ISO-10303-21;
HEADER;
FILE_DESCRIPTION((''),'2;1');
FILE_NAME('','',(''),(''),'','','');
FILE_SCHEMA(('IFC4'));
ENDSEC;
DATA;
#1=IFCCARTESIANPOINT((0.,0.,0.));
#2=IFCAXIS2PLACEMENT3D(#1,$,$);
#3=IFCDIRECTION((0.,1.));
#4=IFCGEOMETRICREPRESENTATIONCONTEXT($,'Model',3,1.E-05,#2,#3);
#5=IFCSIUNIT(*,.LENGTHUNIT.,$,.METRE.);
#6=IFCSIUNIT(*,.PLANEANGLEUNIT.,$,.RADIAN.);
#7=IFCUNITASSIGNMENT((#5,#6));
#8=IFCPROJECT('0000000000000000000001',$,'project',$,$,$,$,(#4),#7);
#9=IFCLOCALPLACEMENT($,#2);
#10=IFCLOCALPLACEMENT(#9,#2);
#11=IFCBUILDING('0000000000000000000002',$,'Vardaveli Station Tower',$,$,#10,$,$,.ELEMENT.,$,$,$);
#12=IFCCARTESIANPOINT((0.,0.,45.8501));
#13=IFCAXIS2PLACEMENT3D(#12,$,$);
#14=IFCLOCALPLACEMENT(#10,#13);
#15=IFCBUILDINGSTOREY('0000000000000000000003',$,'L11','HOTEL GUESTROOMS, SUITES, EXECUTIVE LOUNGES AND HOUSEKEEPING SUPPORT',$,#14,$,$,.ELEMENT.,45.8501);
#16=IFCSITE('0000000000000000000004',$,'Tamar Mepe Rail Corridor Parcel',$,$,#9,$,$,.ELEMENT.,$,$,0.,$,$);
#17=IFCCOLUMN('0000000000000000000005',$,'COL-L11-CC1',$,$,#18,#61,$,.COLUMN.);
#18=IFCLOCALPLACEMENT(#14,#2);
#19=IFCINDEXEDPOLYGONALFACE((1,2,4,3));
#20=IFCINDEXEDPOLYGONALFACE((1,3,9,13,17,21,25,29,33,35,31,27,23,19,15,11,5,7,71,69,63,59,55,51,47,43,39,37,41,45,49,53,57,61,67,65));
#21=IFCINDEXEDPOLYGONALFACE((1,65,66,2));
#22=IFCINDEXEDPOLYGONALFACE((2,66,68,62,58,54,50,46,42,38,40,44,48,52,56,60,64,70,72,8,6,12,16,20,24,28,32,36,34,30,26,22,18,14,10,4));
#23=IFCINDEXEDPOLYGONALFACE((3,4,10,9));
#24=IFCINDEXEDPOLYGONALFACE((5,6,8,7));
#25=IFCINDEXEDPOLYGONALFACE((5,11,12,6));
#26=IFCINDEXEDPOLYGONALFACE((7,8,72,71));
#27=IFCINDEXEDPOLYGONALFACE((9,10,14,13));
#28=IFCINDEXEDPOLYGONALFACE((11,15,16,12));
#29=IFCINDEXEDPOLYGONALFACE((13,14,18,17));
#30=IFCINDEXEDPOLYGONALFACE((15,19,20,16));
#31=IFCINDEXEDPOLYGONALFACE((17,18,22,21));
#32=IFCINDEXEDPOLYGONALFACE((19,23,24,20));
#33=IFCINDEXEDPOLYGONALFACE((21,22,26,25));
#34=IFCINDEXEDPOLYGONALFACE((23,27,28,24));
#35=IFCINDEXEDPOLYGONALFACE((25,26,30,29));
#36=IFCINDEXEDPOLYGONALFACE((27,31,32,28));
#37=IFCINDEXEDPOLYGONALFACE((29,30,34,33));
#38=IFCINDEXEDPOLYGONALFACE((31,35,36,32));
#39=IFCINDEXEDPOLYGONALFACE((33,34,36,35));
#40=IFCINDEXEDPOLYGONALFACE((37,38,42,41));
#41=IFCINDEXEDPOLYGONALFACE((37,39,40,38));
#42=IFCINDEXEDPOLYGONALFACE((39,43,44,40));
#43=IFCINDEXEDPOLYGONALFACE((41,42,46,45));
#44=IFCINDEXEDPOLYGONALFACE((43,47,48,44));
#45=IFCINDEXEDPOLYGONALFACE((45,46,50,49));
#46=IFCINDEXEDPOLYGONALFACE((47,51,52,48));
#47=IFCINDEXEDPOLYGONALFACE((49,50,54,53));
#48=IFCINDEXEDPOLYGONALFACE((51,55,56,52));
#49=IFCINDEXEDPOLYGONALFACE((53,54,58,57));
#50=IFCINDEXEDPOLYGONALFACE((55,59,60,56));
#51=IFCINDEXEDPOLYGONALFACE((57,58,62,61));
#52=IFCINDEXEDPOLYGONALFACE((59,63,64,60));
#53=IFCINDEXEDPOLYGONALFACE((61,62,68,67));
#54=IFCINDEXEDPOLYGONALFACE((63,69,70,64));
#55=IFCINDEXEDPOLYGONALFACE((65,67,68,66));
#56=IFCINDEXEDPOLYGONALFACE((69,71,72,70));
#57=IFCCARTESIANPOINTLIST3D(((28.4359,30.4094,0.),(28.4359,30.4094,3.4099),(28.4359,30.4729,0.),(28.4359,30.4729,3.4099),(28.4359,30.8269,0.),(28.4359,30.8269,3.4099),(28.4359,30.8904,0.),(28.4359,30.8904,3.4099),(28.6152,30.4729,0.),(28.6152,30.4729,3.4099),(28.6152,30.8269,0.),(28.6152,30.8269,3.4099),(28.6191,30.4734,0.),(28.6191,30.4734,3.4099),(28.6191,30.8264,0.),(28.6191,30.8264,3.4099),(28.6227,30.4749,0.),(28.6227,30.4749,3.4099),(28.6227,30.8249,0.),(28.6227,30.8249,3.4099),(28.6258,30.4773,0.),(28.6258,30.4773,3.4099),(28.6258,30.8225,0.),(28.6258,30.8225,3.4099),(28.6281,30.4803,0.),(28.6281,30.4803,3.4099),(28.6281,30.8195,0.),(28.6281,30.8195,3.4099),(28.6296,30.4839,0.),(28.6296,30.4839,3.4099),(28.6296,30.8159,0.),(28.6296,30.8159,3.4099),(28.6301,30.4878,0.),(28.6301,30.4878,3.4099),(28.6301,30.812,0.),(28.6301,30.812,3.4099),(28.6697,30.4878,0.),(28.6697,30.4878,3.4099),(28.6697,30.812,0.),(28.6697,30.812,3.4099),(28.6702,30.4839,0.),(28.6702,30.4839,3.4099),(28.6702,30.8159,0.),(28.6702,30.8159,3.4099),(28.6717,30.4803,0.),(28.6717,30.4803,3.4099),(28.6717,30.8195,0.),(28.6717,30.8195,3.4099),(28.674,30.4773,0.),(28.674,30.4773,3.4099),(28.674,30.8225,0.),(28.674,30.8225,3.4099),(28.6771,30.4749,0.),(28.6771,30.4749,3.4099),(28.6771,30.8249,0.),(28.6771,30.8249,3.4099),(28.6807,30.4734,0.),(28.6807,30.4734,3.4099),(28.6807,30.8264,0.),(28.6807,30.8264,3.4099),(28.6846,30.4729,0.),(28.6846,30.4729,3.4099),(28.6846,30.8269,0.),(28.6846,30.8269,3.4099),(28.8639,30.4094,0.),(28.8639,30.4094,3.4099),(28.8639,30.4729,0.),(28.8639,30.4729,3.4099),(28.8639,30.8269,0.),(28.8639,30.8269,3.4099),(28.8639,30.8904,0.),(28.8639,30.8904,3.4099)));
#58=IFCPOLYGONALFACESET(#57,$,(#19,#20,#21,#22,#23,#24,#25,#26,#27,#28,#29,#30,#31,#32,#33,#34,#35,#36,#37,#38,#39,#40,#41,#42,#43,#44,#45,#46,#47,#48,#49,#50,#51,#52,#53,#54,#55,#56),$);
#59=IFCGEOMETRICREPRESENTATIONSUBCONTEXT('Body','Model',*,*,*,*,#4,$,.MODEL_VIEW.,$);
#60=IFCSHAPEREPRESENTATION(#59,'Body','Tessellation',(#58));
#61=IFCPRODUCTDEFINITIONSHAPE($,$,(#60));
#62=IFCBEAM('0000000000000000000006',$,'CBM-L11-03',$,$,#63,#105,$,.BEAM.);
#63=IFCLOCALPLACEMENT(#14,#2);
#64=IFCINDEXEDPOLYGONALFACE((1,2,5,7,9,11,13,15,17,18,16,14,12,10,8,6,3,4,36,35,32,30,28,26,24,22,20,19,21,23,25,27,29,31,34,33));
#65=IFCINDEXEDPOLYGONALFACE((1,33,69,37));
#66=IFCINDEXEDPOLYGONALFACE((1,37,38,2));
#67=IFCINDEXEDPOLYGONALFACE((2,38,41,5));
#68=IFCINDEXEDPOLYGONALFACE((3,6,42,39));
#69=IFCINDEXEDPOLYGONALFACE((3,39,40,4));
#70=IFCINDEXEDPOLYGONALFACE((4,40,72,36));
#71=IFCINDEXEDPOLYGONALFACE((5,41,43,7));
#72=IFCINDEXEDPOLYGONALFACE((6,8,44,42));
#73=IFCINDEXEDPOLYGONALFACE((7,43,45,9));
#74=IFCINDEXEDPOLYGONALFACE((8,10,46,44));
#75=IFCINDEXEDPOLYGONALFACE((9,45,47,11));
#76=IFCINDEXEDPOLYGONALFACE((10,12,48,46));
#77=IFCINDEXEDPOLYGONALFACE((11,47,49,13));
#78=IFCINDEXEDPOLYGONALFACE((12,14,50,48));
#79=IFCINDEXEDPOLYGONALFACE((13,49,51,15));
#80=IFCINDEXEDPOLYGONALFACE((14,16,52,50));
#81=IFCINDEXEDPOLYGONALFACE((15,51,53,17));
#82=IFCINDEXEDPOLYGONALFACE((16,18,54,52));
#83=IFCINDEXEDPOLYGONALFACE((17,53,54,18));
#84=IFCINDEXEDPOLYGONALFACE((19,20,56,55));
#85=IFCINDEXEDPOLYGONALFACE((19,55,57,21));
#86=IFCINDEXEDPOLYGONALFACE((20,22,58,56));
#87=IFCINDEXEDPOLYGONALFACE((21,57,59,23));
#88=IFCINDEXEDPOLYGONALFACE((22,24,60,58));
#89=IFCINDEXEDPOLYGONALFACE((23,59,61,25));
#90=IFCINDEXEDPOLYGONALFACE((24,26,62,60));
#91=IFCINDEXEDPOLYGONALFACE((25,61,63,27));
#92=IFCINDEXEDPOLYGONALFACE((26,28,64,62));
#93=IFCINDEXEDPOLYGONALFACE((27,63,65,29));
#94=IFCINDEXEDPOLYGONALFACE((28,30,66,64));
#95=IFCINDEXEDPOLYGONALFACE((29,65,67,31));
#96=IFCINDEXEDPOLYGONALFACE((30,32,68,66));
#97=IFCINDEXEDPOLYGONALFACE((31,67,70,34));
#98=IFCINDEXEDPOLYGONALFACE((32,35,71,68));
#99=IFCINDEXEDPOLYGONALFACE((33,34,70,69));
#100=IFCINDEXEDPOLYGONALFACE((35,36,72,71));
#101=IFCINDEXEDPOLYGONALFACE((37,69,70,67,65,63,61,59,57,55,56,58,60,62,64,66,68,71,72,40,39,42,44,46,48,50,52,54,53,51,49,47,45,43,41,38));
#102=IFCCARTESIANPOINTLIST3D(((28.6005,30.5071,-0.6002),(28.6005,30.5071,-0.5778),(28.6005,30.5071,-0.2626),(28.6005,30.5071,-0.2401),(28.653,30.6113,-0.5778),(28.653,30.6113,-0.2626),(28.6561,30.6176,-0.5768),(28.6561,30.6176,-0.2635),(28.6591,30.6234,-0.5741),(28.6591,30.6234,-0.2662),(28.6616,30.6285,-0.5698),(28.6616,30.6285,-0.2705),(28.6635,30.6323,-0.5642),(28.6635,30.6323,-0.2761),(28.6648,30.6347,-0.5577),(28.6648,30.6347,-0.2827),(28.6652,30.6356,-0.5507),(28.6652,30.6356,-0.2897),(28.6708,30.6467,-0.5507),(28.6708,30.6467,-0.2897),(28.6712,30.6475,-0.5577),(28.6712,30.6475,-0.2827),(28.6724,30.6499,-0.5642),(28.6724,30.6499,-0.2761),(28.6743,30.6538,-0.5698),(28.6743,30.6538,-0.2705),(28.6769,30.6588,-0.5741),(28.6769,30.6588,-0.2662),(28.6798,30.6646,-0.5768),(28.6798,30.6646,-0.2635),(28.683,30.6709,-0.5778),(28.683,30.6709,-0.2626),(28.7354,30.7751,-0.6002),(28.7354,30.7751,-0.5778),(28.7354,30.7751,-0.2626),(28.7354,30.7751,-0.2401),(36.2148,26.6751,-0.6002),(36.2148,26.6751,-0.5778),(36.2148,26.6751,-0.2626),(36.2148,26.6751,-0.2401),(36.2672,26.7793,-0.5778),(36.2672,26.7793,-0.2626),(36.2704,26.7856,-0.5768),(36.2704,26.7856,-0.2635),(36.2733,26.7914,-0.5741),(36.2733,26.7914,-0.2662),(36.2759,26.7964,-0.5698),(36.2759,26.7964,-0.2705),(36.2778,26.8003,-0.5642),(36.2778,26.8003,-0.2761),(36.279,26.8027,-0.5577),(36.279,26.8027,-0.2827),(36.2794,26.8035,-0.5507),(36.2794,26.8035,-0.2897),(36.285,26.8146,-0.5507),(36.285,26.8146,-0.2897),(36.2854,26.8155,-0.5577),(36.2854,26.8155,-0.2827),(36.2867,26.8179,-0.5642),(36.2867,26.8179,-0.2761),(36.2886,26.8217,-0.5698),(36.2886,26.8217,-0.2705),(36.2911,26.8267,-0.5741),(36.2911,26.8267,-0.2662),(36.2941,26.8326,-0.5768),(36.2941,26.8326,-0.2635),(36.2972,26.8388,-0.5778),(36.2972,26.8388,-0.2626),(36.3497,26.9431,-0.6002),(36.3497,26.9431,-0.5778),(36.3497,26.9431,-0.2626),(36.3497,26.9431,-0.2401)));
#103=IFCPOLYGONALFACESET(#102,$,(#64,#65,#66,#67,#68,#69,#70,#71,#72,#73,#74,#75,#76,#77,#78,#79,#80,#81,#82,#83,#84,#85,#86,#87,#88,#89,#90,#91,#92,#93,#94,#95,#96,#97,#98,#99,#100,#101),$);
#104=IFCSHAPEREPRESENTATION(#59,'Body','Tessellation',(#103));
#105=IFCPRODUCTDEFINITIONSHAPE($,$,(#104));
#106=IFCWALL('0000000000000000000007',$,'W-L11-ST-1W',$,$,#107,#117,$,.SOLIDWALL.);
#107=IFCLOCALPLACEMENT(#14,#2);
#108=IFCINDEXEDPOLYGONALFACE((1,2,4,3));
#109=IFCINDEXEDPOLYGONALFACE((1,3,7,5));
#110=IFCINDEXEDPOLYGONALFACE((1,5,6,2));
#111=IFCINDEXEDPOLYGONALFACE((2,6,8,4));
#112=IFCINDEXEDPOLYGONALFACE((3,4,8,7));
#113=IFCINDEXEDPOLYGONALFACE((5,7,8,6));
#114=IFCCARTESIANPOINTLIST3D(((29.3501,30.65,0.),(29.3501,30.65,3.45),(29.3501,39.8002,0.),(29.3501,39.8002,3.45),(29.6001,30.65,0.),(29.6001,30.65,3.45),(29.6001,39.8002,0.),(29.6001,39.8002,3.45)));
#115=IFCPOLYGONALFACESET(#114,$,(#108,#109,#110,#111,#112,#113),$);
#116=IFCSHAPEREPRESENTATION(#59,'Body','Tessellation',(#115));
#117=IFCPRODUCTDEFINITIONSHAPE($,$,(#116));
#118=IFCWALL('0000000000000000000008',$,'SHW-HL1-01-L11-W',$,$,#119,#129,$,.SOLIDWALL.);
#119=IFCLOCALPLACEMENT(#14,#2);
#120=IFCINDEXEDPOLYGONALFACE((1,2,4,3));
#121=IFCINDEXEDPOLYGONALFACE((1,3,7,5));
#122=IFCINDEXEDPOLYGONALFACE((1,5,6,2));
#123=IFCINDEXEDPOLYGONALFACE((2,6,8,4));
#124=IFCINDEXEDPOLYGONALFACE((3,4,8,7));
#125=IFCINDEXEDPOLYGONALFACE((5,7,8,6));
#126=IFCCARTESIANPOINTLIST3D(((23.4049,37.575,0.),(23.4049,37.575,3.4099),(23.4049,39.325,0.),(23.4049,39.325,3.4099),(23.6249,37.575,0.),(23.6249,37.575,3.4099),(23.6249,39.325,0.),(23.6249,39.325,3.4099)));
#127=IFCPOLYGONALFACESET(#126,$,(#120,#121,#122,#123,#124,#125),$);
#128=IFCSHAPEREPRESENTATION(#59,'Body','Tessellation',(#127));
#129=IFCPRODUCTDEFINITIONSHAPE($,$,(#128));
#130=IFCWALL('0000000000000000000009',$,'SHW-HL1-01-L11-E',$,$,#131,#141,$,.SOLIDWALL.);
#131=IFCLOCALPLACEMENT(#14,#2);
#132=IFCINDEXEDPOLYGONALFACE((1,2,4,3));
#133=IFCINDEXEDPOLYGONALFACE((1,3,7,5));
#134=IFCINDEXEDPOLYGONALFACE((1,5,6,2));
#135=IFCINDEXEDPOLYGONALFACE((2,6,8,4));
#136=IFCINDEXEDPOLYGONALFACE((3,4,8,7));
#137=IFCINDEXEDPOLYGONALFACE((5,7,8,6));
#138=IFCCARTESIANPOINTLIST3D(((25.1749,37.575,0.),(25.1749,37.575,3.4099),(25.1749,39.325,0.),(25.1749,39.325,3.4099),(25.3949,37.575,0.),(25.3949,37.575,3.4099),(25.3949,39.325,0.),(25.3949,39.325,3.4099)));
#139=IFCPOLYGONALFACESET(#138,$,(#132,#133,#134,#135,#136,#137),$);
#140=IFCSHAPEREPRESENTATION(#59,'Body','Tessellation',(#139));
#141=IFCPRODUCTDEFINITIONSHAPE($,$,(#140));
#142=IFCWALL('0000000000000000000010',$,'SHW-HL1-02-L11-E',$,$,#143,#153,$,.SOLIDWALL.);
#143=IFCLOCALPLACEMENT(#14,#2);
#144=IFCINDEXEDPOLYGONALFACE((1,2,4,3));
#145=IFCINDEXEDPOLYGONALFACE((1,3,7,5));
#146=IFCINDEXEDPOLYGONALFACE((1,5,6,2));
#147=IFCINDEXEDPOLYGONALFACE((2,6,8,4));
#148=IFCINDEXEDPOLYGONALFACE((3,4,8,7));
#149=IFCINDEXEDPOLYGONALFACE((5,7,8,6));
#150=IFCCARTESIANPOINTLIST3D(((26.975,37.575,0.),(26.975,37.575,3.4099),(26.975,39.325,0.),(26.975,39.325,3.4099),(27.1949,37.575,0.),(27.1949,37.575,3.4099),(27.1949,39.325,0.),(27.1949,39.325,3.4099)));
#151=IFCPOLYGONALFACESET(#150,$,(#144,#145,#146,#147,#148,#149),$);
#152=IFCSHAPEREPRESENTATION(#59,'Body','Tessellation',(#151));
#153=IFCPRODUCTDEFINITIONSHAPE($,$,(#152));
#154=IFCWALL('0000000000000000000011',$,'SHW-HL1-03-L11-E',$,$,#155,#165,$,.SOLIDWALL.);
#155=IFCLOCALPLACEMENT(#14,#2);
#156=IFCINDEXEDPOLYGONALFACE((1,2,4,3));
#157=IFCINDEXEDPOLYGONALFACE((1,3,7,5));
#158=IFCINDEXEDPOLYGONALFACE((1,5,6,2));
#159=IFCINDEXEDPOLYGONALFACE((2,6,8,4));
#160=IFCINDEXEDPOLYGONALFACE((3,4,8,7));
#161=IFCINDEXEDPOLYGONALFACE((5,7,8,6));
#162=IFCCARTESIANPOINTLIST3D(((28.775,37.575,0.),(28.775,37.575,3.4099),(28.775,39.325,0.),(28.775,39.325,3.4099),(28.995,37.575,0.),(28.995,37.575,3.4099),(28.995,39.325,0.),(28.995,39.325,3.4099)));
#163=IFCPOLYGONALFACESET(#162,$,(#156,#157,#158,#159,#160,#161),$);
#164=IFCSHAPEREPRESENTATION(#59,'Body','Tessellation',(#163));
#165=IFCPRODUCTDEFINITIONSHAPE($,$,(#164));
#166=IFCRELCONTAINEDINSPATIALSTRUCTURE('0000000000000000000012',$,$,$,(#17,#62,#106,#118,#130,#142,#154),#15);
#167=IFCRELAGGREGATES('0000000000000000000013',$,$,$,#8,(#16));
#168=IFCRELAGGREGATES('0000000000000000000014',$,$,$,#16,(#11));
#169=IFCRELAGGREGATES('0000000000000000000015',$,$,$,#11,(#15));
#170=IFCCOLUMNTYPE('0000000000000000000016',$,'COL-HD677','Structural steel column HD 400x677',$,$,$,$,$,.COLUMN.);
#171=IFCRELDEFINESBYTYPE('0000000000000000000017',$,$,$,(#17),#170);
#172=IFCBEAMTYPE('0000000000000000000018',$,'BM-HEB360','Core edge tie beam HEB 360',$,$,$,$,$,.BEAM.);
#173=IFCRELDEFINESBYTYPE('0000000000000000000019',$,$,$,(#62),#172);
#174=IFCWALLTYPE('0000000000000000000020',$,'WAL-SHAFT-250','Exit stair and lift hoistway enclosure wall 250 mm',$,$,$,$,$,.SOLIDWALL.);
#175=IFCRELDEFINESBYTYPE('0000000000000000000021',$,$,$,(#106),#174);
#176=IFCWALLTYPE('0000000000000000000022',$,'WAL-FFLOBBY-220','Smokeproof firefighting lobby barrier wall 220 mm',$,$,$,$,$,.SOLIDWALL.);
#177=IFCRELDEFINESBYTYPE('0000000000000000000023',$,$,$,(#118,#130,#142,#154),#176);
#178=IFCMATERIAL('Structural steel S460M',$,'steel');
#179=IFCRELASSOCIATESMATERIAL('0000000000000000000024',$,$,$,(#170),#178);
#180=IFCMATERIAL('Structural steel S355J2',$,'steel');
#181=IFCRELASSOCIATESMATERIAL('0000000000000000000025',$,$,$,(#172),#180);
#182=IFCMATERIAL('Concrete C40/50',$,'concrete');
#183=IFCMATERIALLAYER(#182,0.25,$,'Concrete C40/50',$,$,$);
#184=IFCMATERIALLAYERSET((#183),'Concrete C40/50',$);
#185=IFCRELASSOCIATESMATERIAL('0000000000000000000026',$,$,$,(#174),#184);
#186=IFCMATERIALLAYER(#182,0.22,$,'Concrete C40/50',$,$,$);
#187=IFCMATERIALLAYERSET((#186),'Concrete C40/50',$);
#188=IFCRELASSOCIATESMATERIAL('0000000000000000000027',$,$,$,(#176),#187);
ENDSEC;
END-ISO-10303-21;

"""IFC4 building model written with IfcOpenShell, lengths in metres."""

from ifc_helpers import new_model, si_unit, direction, frame, frame_2d, origin, origin_2d, place, context, subcontext, project, spatial, rectangle, i_section, extrude, source, transform, mapped, material, layer, layer_set, material_profile, profile_set, type_object, element, save


model = new_model("IFC4")

# Units and contexts
model_context = context("Model", 3, precision=1e-05, world=origin(), true_north=direction((0.0, 1.0)))
body_context = subcontext(model_context, "Body", "Model", "MODEL_VIEW")
ifc_project = project(units=[si_unit("LENGTHUNIT", "METRE"), si_unit("PLANEANGLEUNIT", "RADIAN")], contexts=[model_context])

# Site, building, storey
site_placement = place(None, origin())
site = spatial("IfcSite", under=ifc_project, at=site_placement, Name="Tamar Mepe Rail Corridor Parcel", CompositionType="ELEMENT", RefElevation=0.0)
building_placement = place(site_placement, origin())
building = spatial("IfcBuilding", under=site, at=building_placement, Name="Vardaveli Station Tower", CompositionType="ELEMENT")
storey_placement = place(building_placement, frame((0.0, 0.0, 45.8501)))
storey = spatial("IfcBuildingStorey", under=building, at=storey_placement, Name="L11", Description="HOTEL GUESTROOMS, SUITES, EXECUTIVE LOUNGES AND HOUSEKEEPING SUPPORT", CompositionType="ELEMENT", Elevation=45.8501)

# Column
ifc_material_1 = material(Name="Structural steel S460M", Category="steel")
ifc_material_profile_1 = material_profile(ifc_material_1, i_section(OverallWidth=0.428, OverallDepth=0.481, WebThickness=0.0396, FlangeThickness=0.0635, FilletRadius=0.0149, at=origin_2d()), Name="HD 400x677")
ifc_profile_set_1 = profile_set([ifc_material_profile_1], Name="Structural steel S460M")
column_type = type_object("IfcColumnType", Name="COL-HD677", Description="Structural steel column HD 400x677", PredefinedType="COLUMN", material=ifc_profile_set_1)
shared_shape_1 = source(origin(), body_context, "Body", "SweptSolid", [
    extrude(i_section(OverallWidth=0.428, OverallDepth=0.481, WebThickness=0.0396, FlangeThickness=0.0635, FilletRadius=0.0149, at=origin_2d()), origin(), (0.0, 0.0, 1.0), 3.4099),
])
column_placement = place(storey_placement, frame((28.6499, 30.6499, 0.0), z_axis=(0.0, 0.0, 1.0), x_axis=(1.0, 0.0, 0.0)))
element("IfcColumn", 1, at=column_placement, inside=storey, type_object=column_type, Name="COL-L11-CC1", PredefinedType="COLUMN", context=body_context, shape_type="MappedRepresentation", body=[
    mapped(shared_shape_1, transform((0.0, 0.0, 0.0), scale=1.0)),
])

# Beam
ifc_material_2 = material(Name="Structural steel S355J2", Category="steel")
ifc_material_profile_2 = material_profile(ifc_material_2, i_section(OverallWidth=0.3, OverallDepth=0.3601, WebThickness=0.0125, FlangeThickness=0.0225, FilletRadius=0.0271, at=origin_2d()), Name="HEB 360")
ifc_profile_set_2 = profile_set([ifc_material_profile_2], Name="Structural steel S355J2")
beam_type = type_object("IfcBeamType", Name="BM-HEB360", Description="Core edge tie beam HEB 360", PredefinedType="BEAM", material=ifc_profile_set_2)
shared_shape_2 = source(origin(), body_context, "Body", "SweptSolid", [
    extrude(i_section(OverallWidth=0.3, OverallDepth=0.3601, WebThickness=0.0125, FlangeThickness=0.0225, FilletRadius=0.0271, at=origin_2d()), origin(), (0.0, 0.0, 1.0), 8.5242),
])
beam_placement = place(storey_placement, frame((28.668, 30.6411, -0.4202), z_axis=(0.893256, -0.449549, 0.0), x_axis=(0.449549, 0.893256, 0.0)))
element("IfcBeam", 2, at=beam_placement, inside=storey, type_object=beam_type, Name="CBM-L11-03", PredefinedType="BEAM", context=body_context, shape_type="MappedRepresentation", body=[
    mapped(shared_shape_2, transform((0.0, 0.0, 0.0), scale=1.0)),
])

# Walls
ifc_material_3 = material(Name="Concrete C40/50", Category="concrete")
ifc_layer_1 = layer(ifc_material_3, 0.25, Name="Concrete C40/50")
ifc_layer_set_1 = layer_set([ifc_layer_1], Name="Concrete C40/50")
wall_type_1 = type_object("IfcWallType", Name="WAL-SHAFT-250", Description="Exit stair and lift hoistway enclosure wall 250 mm", PredefinedType="SOLIDWALL", material=ifc_layer_set_1)
shared_shape_3 = source(origin(), body_context, "Body", "SweptSolid", [
    extrude(rectangle(XDim=9.1501, YDim=0.25, at=frame_2d((4.5752, 0.0))), origin(), (0.0, 0.0, 1.0), 3.45),
])
wall_1_placement = place(storey_placement, frame((29.4751, 30.6499, 0.0), z_axis=(0.0, 0.0, 1.0), x_axis=(0.0, 1.0, 0.0)))
element("IfcWall", 3, at=wall_1_placement, inside=storey, type_object=wall_type_1, Name="W-L11-ST-1W", PredefinedType="SOLIDWALL", context=body_context, shape_type="MappedRepresentation", body=[
    mapped(shared_shape_3, transform((0.0, 0.0, 0.0), scale=1.0)),
])
ifc_layer_2 = layer(ifc_material_3, 0.22, Name="Concrete C40/50")
ifc_layer_set_2 = layer_set([ifc_layer_2], Name="Concrete C40/50")
wall_type_2 = type_object("IfcWallType", Name="WAL-FFLOBBY-220", Description="Smokeproof firefighting lobby barrier wall 220 mm", PredefinedType="SOLIDWALL", material=ifc_layer_set_2)
shared_shape_4 = source(origin(), body_context, "Body", "SweptSolid", [
    extrude(rectangle(XDim=1.75, YDim=0.22, at=frame_2d((0.875, 0.0))), origin(), (0.0, 0.0, 1.0), 3.4099),
])
for number, where, z_axis, x_axis, name in (
    (4, (23.5149, 37.575, 0.0), (0.0, 0.0, 1.0), (0.0, 1.0, 0.0), "SHW-HL1-01-L11-W"),
    (5, (25.2849, 37.575, 0.0), (0.0, 0.0, 1.0), (0.0, 1.0, 0.0), "SHW-HL1-01-L11-E"),
    (6, (27.085, 37.575, 0.0), (0.0, 0.0, 1.0), (0.0, 1.0, 0.0), "SHW-HL1-02-L11-E"),
    (7, (28.885, 37.575, 0.0), (0.0, 0.0, 1.0), (0.0, 1.0, 0.0), "SHW-HL1-03-L11-E"),
):
    element("IfcWall", number, at=place(storey_placement, frame(where, z_axis=z_axis, x_axis=x_axis)), inside=storey, type_object=wall_type_2, Name=name, PredefinedType="SOLIDWALL", context=body_context, shape_type="MappedRepresentation", body=[
        mapped(shared_shape_4, transform((0.0, 0.0, 0.0), scale=1.0)),
    ])

save(model, "model.ifc")
